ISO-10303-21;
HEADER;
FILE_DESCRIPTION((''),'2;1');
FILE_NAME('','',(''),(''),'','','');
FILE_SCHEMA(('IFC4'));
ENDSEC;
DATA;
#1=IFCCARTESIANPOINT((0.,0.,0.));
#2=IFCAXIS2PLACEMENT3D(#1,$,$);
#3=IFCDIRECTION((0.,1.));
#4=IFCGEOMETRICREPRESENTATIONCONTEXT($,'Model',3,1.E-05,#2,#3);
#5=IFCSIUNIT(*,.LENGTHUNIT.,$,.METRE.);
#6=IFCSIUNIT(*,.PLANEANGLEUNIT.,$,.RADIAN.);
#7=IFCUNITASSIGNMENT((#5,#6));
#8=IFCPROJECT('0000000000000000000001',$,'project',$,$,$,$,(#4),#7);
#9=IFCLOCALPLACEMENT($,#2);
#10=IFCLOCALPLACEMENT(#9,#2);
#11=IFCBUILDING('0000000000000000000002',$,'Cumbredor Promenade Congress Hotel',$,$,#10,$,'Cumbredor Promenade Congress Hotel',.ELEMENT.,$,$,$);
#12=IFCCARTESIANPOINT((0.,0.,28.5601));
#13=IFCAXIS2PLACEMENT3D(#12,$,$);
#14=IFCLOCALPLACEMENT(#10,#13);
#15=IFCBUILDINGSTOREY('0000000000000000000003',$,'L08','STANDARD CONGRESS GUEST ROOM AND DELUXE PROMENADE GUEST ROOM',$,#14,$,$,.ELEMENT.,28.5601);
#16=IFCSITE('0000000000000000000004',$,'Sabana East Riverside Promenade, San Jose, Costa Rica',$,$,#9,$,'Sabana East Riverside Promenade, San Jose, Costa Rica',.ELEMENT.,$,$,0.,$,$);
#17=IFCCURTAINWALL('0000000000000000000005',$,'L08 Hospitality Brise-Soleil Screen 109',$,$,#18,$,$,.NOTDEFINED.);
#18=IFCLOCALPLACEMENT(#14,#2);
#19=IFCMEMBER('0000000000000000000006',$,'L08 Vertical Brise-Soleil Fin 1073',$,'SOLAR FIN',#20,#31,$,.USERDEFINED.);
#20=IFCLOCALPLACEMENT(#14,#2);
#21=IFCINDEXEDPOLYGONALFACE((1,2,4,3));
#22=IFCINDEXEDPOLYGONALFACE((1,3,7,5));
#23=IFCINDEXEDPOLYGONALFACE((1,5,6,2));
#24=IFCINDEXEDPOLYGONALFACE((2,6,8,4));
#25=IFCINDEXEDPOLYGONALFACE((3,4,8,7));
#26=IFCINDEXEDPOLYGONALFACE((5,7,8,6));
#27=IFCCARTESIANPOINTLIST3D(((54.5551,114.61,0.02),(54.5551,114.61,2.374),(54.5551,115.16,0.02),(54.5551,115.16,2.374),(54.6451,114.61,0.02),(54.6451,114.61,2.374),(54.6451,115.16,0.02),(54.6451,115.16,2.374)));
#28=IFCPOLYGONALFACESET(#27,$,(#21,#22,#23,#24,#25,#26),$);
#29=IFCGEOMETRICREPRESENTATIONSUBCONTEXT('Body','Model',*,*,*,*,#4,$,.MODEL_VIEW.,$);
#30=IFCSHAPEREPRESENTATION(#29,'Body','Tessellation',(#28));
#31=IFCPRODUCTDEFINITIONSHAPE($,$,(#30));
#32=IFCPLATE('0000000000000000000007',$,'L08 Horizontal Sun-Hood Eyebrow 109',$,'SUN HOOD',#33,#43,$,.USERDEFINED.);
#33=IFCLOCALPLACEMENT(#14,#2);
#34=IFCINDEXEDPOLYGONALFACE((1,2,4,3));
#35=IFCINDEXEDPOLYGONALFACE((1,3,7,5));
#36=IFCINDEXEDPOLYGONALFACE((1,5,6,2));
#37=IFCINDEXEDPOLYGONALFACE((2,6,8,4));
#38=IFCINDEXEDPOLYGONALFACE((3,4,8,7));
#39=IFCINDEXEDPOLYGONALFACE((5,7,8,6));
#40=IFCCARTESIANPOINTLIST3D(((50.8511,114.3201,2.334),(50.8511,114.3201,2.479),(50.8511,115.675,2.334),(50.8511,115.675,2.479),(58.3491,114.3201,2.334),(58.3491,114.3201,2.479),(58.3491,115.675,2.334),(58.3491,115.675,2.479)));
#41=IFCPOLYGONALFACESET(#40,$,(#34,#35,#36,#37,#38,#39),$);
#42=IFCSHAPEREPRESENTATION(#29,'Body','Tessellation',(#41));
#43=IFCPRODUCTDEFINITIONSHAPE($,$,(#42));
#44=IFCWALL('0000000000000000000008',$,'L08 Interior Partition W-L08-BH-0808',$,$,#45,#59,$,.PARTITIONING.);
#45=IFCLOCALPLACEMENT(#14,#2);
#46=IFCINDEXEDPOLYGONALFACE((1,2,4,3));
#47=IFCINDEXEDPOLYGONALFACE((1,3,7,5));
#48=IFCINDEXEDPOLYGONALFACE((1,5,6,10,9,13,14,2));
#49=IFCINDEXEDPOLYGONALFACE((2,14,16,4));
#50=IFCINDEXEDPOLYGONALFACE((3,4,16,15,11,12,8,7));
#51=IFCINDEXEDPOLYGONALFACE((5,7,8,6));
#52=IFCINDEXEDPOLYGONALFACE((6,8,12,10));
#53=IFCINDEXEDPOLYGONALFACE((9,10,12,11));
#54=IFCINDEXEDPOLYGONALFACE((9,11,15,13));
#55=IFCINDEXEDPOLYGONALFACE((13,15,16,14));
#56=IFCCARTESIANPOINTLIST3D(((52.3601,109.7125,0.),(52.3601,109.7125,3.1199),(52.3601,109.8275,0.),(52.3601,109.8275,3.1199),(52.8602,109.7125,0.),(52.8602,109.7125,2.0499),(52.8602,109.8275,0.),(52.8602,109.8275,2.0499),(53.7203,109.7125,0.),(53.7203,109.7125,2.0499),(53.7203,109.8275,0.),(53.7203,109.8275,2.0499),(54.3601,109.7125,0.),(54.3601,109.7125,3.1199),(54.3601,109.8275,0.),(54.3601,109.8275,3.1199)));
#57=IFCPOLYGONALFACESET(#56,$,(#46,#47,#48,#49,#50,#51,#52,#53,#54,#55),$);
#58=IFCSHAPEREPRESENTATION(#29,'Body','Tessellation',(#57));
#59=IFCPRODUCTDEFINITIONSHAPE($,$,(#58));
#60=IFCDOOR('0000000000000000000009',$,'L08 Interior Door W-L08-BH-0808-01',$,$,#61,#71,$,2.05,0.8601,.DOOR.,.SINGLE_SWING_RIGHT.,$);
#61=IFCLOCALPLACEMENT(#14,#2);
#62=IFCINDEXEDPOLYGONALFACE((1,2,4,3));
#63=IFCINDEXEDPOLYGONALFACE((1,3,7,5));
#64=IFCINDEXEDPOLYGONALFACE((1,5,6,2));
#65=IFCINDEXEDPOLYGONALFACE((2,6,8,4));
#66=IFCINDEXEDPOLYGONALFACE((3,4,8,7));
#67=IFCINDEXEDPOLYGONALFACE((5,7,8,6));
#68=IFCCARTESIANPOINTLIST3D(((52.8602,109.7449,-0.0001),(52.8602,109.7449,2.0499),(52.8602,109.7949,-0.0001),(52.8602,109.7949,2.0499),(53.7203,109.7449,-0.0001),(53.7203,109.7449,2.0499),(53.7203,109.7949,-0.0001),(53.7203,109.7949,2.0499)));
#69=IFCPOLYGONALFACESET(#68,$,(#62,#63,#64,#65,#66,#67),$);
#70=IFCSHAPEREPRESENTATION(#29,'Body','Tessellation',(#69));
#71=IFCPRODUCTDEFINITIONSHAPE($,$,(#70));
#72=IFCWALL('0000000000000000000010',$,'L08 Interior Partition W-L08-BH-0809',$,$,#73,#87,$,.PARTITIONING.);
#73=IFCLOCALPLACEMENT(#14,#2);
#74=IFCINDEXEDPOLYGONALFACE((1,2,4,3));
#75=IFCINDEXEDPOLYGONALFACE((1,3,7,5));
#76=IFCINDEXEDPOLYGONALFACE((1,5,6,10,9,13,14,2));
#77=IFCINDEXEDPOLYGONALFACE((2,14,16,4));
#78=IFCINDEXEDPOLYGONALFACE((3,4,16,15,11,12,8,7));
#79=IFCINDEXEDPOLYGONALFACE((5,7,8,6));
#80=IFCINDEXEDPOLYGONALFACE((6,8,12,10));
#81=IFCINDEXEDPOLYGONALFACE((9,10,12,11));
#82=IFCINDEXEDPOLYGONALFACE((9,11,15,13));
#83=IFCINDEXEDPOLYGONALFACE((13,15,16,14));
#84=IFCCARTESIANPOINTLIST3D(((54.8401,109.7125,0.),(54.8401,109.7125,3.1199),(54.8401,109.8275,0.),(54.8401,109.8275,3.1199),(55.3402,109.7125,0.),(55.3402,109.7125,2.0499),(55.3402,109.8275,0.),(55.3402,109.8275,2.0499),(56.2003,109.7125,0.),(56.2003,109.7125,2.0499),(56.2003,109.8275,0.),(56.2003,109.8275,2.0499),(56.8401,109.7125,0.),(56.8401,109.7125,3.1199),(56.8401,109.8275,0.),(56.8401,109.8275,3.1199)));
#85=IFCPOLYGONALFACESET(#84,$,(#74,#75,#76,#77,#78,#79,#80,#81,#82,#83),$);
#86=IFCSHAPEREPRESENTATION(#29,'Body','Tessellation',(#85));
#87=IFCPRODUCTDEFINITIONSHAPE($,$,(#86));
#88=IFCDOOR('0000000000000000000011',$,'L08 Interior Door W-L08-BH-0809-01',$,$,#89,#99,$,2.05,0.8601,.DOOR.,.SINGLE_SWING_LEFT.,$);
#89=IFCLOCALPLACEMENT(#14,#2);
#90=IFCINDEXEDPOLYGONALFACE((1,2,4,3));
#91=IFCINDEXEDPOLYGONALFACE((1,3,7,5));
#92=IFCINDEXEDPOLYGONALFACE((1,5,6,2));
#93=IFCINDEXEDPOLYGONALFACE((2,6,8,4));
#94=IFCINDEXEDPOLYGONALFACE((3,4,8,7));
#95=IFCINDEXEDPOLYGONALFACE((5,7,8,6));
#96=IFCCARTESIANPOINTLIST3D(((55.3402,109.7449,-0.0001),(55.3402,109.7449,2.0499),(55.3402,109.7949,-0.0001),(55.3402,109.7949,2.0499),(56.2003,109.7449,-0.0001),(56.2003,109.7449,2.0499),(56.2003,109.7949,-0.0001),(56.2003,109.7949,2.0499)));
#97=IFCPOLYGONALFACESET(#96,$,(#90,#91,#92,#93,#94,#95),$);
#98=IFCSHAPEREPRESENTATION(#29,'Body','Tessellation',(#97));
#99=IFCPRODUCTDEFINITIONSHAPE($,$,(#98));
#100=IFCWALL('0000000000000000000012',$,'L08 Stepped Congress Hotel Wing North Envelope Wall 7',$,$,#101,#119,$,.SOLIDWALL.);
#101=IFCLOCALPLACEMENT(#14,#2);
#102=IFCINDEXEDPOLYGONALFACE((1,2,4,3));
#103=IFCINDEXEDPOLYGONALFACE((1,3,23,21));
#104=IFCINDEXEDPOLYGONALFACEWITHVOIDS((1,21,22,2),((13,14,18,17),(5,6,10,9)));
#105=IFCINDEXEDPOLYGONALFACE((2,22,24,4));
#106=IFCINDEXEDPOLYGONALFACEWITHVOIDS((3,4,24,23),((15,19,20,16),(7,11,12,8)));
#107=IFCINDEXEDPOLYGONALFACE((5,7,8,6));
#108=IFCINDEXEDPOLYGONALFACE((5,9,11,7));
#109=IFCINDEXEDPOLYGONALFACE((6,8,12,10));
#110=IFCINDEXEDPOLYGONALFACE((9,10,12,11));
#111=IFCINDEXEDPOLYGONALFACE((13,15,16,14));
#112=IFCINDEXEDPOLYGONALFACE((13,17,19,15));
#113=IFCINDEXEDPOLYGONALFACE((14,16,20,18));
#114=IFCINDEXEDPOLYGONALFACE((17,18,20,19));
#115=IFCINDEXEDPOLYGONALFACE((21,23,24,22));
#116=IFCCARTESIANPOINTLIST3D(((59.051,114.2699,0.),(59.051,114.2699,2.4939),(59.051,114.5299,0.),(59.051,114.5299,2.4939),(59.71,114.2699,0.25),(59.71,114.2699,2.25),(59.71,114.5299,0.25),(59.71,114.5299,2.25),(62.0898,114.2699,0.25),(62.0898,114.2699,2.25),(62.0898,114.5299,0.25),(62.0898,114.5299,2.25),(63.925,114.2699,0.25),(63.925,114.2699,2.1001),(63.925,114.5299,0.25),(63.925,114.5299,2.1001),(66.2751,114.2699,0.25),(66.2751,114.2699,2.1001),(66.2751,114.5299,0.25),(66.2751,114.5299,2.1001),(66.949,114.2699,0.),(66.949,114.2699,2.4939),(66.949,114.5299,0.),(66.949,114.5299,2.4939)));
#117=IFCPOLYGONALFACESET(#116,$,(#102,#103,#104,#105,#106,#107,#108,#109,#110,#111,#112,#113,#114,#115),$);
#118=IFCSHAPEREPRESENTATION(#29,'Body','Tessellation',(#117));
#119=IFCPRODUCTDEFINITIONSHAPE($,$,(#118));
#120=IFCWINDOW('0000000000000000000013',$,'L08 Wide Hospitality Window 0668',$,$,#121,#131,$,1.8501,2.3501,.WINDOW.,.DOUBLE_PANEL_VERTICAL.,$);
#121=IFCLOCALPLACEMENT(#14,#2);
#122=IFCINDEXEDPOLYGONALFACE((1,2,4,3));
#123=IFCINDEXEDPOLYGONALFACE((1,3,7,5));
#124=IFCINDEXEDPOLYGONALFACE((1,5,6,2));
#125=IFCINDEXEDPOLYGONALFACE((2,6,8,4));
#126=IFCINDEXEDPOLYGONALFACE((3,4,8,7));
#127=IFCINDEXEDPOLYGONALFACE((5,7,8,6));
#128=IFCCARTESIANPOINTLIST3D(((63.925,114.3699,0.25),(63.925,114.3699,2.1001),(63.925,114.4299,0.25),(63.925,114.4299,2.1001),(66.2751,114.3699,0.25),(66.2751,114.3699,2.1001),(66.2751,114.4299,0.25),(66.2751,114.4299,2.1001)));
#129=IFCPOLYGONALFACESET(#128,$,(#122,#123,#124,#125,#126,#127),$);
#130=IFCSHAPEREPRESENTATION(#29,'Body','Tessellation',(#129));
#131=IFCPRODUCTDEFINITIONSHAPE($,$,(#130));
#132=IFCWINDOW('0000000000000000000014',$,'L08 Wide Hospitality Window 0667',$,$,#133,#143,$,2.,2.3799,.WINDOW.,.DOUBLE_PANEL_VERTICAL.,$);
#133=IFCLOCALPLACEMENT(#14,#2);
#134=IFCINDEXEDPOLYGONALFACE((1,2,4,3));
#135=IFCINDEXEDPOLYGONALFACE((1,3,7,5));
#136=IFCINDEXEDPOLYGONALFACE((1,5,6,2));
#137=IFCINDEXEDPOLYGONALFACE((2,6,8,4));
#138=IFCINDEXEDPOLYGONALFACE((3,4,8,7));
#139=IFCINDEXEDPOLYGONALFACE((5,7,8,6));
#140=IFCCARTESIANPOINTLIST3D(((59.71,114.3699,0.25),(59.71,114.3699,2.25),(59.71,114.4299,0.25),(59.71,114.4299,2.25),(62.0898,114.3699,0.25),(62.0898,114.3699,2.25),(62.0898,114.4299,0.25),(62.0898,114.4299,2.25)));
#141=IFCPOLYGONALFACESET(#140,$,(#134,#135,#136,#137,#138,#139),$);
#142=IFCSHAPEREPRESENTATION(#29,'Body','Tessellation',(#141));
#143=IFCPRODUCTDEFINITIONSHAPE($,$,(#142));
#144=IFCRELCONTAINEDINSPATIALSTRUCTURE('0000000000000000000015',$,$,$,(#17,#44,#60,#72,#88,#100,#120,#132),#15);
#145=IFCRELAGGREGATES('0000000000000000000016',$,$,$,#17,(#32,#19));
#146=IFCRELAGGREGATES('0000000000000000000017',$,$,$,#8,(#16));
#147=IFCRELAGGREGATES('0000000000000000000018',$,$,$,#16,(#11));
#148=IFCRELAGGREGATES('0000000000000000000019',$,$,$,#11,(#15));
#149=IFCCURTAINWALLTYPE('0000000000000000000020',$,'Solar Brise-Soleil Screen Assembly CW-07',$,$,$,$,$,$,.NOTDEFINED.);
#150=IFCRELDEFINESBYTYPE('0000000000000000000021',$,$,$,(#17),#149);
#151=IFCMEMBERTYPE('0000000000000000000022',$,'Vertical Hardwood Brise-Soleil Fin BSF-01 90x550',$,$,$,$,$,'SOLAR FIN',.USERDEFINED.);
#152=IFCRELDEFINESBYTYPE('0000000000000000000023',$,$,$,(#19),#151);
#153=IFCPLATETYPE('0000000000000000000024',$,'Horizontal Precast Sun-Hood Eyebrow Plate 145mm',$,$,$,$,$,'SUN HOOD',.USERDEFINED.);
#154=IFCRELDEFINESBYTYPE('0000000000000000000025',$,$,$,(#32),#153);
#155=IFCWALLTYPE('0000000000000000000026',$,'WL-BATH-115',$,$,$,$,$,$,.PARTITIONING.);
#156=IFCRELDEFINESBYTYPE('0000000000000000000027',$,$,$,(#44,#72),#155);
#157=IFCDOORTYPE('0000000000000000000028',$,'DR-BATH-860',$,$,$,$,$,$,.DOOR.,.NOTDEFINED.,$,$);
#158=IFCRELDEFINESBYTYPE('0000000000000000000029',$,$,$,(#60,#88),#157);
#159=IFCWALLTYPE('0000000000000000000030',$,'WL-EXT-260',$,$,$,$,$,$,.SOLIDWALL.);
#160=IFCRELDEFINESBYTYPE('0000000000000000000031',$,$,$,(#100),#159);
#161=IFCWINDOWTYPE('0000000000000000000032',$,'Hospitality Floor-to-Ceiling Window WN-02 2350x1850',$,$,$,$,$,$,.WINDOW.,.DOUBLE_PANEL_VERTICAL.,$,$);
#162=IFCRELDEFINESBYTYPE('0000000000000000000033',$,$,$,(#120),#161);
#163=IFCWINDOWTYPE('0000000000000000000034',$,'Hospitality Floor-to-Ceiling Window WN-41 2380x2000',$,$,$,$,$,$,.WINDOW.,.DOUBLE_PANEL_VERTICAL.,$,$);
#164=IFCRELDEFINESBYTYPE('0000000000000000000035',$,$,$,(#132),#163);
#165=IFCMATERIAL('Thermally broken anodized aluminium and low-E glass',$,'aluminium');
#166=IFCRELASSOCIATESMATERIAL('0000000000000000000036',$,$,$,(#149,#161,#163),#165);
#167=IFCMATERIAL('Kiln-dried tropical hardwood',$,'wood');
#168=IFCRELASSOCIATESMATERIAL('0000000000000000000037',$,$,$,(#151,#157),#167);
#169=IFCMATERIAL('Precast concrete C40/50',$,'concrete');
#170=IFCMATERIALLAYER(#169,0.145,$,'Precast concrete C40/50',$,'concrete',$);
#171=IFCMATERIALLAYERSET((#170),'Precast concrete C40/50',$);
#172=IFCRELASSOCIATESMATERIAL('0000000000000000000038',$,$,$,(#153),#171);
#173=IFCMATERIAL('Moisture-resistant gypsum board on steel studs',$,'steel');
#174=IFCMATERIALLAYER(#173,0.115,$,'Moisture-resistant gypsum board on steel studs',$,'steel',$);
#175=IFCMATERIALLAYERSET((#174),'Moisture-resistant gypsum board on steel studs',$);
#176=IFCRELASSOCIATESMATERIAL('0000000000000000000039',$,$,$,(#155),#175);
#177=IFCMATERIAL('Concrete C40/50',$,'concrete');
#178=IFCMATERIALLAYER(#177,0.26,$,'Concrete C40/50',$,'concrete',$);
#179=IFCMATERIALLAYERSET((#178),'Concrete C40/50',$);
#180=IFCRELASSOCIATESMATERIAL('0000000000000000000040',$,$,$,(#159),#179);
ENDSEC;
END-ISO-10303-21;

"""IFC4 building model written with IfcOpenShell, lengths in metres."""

from ifc_helpers import new_model, si_unit, direction, frame, frame_2d, origin, origin_2d, place, context, subcontext, project, spatial, rectangle, extrude, material, layer, layer_set, material_profile, profile_set, type_object, element, fill, aggregate, save


model = new_model("IFC4")

# Units and contexts
model_context = context("Model", 3, precision=1e-05, world=origin(), true_north=direction((0.0, 1.0)))
body_context = subcontext(model_context, "Body", "Model", "MODEL_VIEW")
ifc_project = project(units=[si_unit("LENGTHUNIT", "METRE"), si_unit("PLANEANGLEUNIT", "RADIAN")], contexts=[model_context])

# Site, building, storey
site_placement = place(None, origin())
site = spatial("IfcSite", under=ifc_project, at=site_placement, Name="Sabana East Riverside Promenade, San Jose, Costa Rica", LongName="Sabana East Riverside Promenade, San Jose, Costa Rica", CompositionType="ELEMENT", RefElevation=0.0)
building_placement = place(site_placement, origin())
building = spatial("IfcBuilding", under=site, at=building_placement, Name="Cumbredor Promenade Congress Hotel", LongName="Cumbredor Promenade Congress Hotel", CompositionType="ELEMENT")
storey_placement = place(building_placement, frame((0.0, 0.0, 28.5601)))
storey = spatial("IfcBuildingStorey", under=building, at=storey_placement, Name="L08", Description="STANDARD CONGRESS GUEST ROOM AND DELUXE PROMENADE GUEST ROOM", CompositionType="ELEMENT", Elevation=28.5601)

# Shared definitions
ifc_material_1 = material(Name="Concrete C40/50", Category="concrete")

# Curtain wall
ifc_material_2 = material(Name="Thermally broken anodized aluminium and low-E glass", Category="aluminium")
curtain_wall_type = type_object("IfcCurtainWallType", Name="Solar Brise-Soleil Screen Assembly CW-07", PredefinedType="NOTDEFINED", material=ifc_material_2)
curtain_wall_1_placement = place(storey_placement, origin())
curtain_wall_1 = element("IfcCurtainWall", 1, at=curtain_wall_1_placement, inside=storey, type_object=curtain_wall_type, Name="L08 Hospitality Brise-Soleil Screen 109", PredefinedType="NOTDEFINED")

# Member
ifc_material_3 = material(Name="Kiln-dried tropical hardwood", Category="wood")
ifc_material_profile_1 = material_profile(ifc_material_3, rectangle(XDim=0.0901, YDim=0.55, at=origin_2d()), Name="ARCH FIN 90x550")
ifc_profile_set_1 = profile_set([ifc_material_profile_1], Name="Kiln-dried tropical hardwood")
member_type_1 = type_object("IfcMemberType", Name="Vertical Hardwood Brise-Soleil Fin BSF-01 90x550", ElementType="SOLAR FIN", PredefinedType="USERDEFINED", material=ifc_profile_set_1)
member_1_placement = place(storey_placement, frame((54.6001, 114.885, 0.02), z_axis=(0.0, 0.0, 1.0), x_axis=(1.0, 0.0, 0.0)))
member_1 = element("IfcMember", 2, at=member_1_placement, type_object=member_type_1, Name="L08 Vertical Brise-Soleil Fin 1073", ObjectType="SOLAR FIN", PredefinedType="USERDEFINED", context=body_context, shape_type="SweptSolid", body=[
    extrude(rectangle(XDim=0.0901, YDim=0.55, at=origin_2d()), origin(), (0.0, 0.0, 1.0), 2.354),
])

# Plate
ifc_material_4 = material(Name="Precast concrete C40/50", Category="concrete")
ifc_layer_1 = layer(ifc_material_4, 0.145, Name="Precast concrete C40/50", Category="concrete")
ifc_layer_set_1 = layer_set([ifc_layer_1], Name="Precast concrete C40/50")
plate_type = type_object("IfcPlateType", Name="Horizontal Precast Sun-Hood Eyebrow Plate 145mm", ElementType="SUN HOOD", PredefinedType="USERDEFINED", material=ifc_layer_set_1)
plate_placement = place(storey_placement, frame((54.6001, 114.9976, 2.334), z_axis=(0.0, 0.0, 1.0), x_axis=(1.0, 0.0, 0.0)))
plate = element("IfcPlate", 3, at=plate_placement, type_object=plate_type, Name="L08 Horizontal Sun-Hood Eyebrow 109", ObjectType="SUN HOOD", PredefinedType="USERDEFINED", context=body_context, shape_type="SweptSolid", body=[
    extrude(rectangle(XDim=7.498, YDim=1.355, at=origin_2d()), origin(), (0.0, 0.0, 1.0), 0.145),
])
aggregate(curtain_wall_1, [plate, member_1])

# Walls, openings, doors
ifc_material_5 = material(Name="Moisture-resistant gypsum board on steel studs", Category="steel")
ifc_layer_2 = layer(ifc_material_5, 0.115, Name="Moisture-resistant gypsum board on steel studs", Category="steel")
ifc_layer_set_2 = layer_set([ifc_layer_2], Name="Moisture-resistant gypsum board on steel studs")
wall_type_1 = type_object("IfcWallType", Name="WL-BATH-115", PredefinedType="PARTITIONING", material=ifc_layer_set_2)
wall_1_placement = place(storey_placement, frame((52.3601, 109.77, 0.0), z_axis=(0.0, 0.0, 1.0), x_axis=(1.0, 0.0, 0.0)))
wall_1 = element("IfcWall", 4, at=wall_1_placement, inside=storey, type_object=wall_type_1, Name="L08 Interior Partition W-L08-BH-0808", PredefinedType="PARTITIONING", context=body_context, shape_type="SweptSolid", body=[
    extrude(rectangle(XDim=2.0, YDim=0.115, at=frame_2d((1.0, 0.0))), origin(), (0.0, 0.0, 1.0), 3.1199),
])
opening_1_placement = place(wall_1_placement, frame((0.5, 0.0, 0.0)))
opening_1 = element("IfcOpeningElement", 5, at=opening_1_placement, cuts=wall_1, PredefinedType="OPENING", context=body_context, shape_type="SweptSolid", body=[
    extrude(rectangle(XDim=0.8601, YDim=2.05, at=frame_2d((0.4302, 1.0249))), frame((0.0, 0.0674, 0.0), z_axis=(0.0, -1.0, 0.0), x_axis=(1.0, 0.0, 0.0)), (0.0, 0.0, 1.0), 0.135),
])
door_type = type_object("IfcDoorType", Name="DR-BATH-860", OperationType="NOTDEFINED", PredefinedType="DOOR", material=ifc_material_3)
door_1_placement = place(opening_1_placement, origin())
door_1 = element("IfcDoor", 6, at=door_1_placement, inside=storey, type_object=door_type, Name="L08 Interior Door W-L08-BH-0808-01", OperationType="SINGLE_SWING_RIGHT", OverallHeight=2.05, OverallWidth=0.8601, PredefinedType="DOOR", context=body_context, shape_type="SweptSolid", body=[
    extrude(rectangle(XDim=0.8601, YDim=2.05, at=frame_2d((0.4302, 1.0249))), frame((0.0, 0.0249, 0.0), z_axis=(0.0, -1.0, 0.0), x_axis=(1.0, 0.0, 0.0)), (0.0, 0.0, 1.0), 0.05),
])
fill(opening_1, door_1)
wall_2_placement = place(storey_placement, frame((54.8401, 109.77, 0.0), z_axis=(0.0, 0.0, 1.0), x_axis=(1.0, 0.0, 0.0)))
wall_2 = element("IfcWall", 7, at=wall_2_placement, inside=storey, type_object=wall_type_1, Name="L08 Interior Partition W-L08-BH-0809", PredefinedType="PARTITIONING", context=body_context, shape_type="SweptSolid", body=[
    extrude(rectangle(XDim=2.0, YDim=0.115, at=frame_2d((1.0, 0.0))), origin(), (0.0, 0.0, 1.0), 3.1199),
])
opening_2_placement = place(wall_2_placement, frame((0.5, 0.0, 0.0)))
opening_2 = element("IfcOpeningElement", 8, at=opening_2_placement, cuts=wall_2, PredefinedType="OPENING", context=body_context, shape_type="SweptSolid", body=[
    extrude(rectangle(XDim=0.8601, YDim=2.05, at=frame_2d((0.4302, 1.0249))), frame((0.0, 0.0674, 0.0), z_axis=(0.0, -1.0, 0.0), x_axis=(1.0, 0.0, 0.0)), (0.0, 0.0, 1.0), 0.135),
])
door_2_placement = place(opening_2_placement, origin())
door_2 = element("IfcDoor", 9, at=door_2_placement, inside=storey, type_object=door_type, Name="L08 Interior Door W-L08-BH-0809-01", OperationType="SINGLE_SWING_LEFT", OverallHeight=2.05, OverallWidth=0.8601, PredefinedType="DOOR", context=body_context, shape_type="SweptSolid", body=[
    extrude(rectangle(XDim=0.8601, YDim=2.05, at=frame_2d((0.4302, 1.0249))), frame((0.0, 0.0249, 0.0), z_axis=(0.0, -1.0, 0.0), x_axis=(1.0, 0.0, 0.0)), (0.0, 0.0, 1.0), 0.05),
])
fill(opening_2, door_2)

# Wall, openings, windows
ifc_layer_3 = layer(ifc_material_1, 0.26, Name="Concrete C40/50", Category="concrete")
ifc_layer_set_3 = layer_set([ifc_layer_3], Name="Concrete C40/50")
wall_type_2 = type_object("IfcWallType", Name="WL-EXT-260", PredefinedType="SOLIDWALL", material=ifc_layer_set_3)
wall_3_placement = place(storey_placement, frame((59.051, 114.3999, 0.0), z_axis=(0.0, 0.0, 1.0), x_axis=(1.0, 0.0, 0.0)))
wall_3 = element("IfcWall", 10, at=wall_3_placement, inside=storey, type_object=wall_type_2, Name="L08 Stepped Congress Hotel Wing North Envelope Wall 7", PredefinedType="SOLIDWALL", context=body_context, shape_type="SweptSolid", body=[
    extrude(rectangle(XDim=7.8979, YDim=0.26, at=frame_2d((3.949, 0.0))), origin(), (0.0, 0.0, 1.0), 2.4939),
])
opening_3_placement = place(wall_3_placement, frame((0.6589, 0.0, 0.25)))
opening_3 = element("IfcOpeningElement", 11, at=opening_3_placement, cuts=wall_3, PredefinedType="OPENING", context=body_context, shape_type="SweptSolid", body=[
    extrude(rectangle(XDim=2.3799, YDim=2.0, at=frame_2d((1.1899, 1.0))), frame((0.0, 0.1401, 0.0), z_axis=(0.0, -1.0, 0.0), x_axis=(1.0, 0.0, 0.0)), (0.0, 0.0, 1.0), 0.28),
])
opening_4_placement = place(wall_3_placement, frame((4.874, 0.0, 0.25)))
opening_4 = element("IfcOpeningElement", 12, at=opening_4_placement, cuts=wall_3, PredefinedType="OPENING", context=body_context, shape_type="SweptSolid", body=[
    extrude(rectangle(XDim=2.3501, YDim=1.8501, at=frame_2d((1.175, 0.925))), frame((0.0, 0.1401, 0.0), z_axis=(0.0, -1.0, 0.0), x_axis=(1.0, 0.0, 0.0)), (0.0, 0.0, 1.0), 0.28),
])
window_type_1 = type_object("IfcWindowType", Name="Hospitality Floor-to-Ceiling Window WN-02 2350x1850", PartitioningType="DOUBLE_PANEL_VERTICAL", PredefinedType="WINDOW", material=ifc_material_2)
window_1_placement = place(opening_4_placement, origin())
window_1 = element("IfcWindow", 13, at=window_1_placement, inside=storey, type_object=window_type_1, Name="L08 Wide Hospitality Window 0668", OverallHeight=1.8501, OverallWidth=2.3501, PartitioningType="DOUBLE_PANEL_VERTICAL", PredefinedType="WINDOW", context=body_context, shape_type="SweptSolid", body=[
    extrude(rectangle(XDim=2.3501, YDim=1.8501, at=frame_2d((1.175, 0.925))), frame((0.0, 0.03, 0.0), z_axis=(0.0, -1.0, 0.0), x_axis=(1.0, 0.0, 0.0)), (0.0, 0.0, 1.0), 0.0601),
])
fill(opening_4, window_1)
window_type_2 = type_object("IfcWindowType", Name="Hospitality Floor-to-Ceiling Window WN-41 2380x2000", PartitioningType="DOUBLE_PANEL_VERTICAL", PredefinedType="WINDOW", material=ifc_material_2)
window_2_placement = place(opening_3_placement, origin())
window_2 = element("IfcWindow", 14, at=window_2_placement, inside=storey, type_object=window_type_2, Name="L08 Wide Hospitality Window 0667", OverallHeight=2.0, OverallWidth=2.3799, PartitioningType="DOUBLE_PANEL_VERTICAL", PredefinedType="WINDOW", context=body_context, shape_type="SweptSolid", body=[
    extrude(rectangle(XDim=2.3799, YDim=2.0, at=frame_2d((1.1899, 1.0))), frame((0.0, 0.03, 0.0), z_axis=(0.0, -1.0, 0.0), x_axis=(1.0, 0.0, 0.0)), (0.0, 0.0, 1.0), 0.0601),
])
fill(opening_3, window_2)

save(model, "model.ifc")
